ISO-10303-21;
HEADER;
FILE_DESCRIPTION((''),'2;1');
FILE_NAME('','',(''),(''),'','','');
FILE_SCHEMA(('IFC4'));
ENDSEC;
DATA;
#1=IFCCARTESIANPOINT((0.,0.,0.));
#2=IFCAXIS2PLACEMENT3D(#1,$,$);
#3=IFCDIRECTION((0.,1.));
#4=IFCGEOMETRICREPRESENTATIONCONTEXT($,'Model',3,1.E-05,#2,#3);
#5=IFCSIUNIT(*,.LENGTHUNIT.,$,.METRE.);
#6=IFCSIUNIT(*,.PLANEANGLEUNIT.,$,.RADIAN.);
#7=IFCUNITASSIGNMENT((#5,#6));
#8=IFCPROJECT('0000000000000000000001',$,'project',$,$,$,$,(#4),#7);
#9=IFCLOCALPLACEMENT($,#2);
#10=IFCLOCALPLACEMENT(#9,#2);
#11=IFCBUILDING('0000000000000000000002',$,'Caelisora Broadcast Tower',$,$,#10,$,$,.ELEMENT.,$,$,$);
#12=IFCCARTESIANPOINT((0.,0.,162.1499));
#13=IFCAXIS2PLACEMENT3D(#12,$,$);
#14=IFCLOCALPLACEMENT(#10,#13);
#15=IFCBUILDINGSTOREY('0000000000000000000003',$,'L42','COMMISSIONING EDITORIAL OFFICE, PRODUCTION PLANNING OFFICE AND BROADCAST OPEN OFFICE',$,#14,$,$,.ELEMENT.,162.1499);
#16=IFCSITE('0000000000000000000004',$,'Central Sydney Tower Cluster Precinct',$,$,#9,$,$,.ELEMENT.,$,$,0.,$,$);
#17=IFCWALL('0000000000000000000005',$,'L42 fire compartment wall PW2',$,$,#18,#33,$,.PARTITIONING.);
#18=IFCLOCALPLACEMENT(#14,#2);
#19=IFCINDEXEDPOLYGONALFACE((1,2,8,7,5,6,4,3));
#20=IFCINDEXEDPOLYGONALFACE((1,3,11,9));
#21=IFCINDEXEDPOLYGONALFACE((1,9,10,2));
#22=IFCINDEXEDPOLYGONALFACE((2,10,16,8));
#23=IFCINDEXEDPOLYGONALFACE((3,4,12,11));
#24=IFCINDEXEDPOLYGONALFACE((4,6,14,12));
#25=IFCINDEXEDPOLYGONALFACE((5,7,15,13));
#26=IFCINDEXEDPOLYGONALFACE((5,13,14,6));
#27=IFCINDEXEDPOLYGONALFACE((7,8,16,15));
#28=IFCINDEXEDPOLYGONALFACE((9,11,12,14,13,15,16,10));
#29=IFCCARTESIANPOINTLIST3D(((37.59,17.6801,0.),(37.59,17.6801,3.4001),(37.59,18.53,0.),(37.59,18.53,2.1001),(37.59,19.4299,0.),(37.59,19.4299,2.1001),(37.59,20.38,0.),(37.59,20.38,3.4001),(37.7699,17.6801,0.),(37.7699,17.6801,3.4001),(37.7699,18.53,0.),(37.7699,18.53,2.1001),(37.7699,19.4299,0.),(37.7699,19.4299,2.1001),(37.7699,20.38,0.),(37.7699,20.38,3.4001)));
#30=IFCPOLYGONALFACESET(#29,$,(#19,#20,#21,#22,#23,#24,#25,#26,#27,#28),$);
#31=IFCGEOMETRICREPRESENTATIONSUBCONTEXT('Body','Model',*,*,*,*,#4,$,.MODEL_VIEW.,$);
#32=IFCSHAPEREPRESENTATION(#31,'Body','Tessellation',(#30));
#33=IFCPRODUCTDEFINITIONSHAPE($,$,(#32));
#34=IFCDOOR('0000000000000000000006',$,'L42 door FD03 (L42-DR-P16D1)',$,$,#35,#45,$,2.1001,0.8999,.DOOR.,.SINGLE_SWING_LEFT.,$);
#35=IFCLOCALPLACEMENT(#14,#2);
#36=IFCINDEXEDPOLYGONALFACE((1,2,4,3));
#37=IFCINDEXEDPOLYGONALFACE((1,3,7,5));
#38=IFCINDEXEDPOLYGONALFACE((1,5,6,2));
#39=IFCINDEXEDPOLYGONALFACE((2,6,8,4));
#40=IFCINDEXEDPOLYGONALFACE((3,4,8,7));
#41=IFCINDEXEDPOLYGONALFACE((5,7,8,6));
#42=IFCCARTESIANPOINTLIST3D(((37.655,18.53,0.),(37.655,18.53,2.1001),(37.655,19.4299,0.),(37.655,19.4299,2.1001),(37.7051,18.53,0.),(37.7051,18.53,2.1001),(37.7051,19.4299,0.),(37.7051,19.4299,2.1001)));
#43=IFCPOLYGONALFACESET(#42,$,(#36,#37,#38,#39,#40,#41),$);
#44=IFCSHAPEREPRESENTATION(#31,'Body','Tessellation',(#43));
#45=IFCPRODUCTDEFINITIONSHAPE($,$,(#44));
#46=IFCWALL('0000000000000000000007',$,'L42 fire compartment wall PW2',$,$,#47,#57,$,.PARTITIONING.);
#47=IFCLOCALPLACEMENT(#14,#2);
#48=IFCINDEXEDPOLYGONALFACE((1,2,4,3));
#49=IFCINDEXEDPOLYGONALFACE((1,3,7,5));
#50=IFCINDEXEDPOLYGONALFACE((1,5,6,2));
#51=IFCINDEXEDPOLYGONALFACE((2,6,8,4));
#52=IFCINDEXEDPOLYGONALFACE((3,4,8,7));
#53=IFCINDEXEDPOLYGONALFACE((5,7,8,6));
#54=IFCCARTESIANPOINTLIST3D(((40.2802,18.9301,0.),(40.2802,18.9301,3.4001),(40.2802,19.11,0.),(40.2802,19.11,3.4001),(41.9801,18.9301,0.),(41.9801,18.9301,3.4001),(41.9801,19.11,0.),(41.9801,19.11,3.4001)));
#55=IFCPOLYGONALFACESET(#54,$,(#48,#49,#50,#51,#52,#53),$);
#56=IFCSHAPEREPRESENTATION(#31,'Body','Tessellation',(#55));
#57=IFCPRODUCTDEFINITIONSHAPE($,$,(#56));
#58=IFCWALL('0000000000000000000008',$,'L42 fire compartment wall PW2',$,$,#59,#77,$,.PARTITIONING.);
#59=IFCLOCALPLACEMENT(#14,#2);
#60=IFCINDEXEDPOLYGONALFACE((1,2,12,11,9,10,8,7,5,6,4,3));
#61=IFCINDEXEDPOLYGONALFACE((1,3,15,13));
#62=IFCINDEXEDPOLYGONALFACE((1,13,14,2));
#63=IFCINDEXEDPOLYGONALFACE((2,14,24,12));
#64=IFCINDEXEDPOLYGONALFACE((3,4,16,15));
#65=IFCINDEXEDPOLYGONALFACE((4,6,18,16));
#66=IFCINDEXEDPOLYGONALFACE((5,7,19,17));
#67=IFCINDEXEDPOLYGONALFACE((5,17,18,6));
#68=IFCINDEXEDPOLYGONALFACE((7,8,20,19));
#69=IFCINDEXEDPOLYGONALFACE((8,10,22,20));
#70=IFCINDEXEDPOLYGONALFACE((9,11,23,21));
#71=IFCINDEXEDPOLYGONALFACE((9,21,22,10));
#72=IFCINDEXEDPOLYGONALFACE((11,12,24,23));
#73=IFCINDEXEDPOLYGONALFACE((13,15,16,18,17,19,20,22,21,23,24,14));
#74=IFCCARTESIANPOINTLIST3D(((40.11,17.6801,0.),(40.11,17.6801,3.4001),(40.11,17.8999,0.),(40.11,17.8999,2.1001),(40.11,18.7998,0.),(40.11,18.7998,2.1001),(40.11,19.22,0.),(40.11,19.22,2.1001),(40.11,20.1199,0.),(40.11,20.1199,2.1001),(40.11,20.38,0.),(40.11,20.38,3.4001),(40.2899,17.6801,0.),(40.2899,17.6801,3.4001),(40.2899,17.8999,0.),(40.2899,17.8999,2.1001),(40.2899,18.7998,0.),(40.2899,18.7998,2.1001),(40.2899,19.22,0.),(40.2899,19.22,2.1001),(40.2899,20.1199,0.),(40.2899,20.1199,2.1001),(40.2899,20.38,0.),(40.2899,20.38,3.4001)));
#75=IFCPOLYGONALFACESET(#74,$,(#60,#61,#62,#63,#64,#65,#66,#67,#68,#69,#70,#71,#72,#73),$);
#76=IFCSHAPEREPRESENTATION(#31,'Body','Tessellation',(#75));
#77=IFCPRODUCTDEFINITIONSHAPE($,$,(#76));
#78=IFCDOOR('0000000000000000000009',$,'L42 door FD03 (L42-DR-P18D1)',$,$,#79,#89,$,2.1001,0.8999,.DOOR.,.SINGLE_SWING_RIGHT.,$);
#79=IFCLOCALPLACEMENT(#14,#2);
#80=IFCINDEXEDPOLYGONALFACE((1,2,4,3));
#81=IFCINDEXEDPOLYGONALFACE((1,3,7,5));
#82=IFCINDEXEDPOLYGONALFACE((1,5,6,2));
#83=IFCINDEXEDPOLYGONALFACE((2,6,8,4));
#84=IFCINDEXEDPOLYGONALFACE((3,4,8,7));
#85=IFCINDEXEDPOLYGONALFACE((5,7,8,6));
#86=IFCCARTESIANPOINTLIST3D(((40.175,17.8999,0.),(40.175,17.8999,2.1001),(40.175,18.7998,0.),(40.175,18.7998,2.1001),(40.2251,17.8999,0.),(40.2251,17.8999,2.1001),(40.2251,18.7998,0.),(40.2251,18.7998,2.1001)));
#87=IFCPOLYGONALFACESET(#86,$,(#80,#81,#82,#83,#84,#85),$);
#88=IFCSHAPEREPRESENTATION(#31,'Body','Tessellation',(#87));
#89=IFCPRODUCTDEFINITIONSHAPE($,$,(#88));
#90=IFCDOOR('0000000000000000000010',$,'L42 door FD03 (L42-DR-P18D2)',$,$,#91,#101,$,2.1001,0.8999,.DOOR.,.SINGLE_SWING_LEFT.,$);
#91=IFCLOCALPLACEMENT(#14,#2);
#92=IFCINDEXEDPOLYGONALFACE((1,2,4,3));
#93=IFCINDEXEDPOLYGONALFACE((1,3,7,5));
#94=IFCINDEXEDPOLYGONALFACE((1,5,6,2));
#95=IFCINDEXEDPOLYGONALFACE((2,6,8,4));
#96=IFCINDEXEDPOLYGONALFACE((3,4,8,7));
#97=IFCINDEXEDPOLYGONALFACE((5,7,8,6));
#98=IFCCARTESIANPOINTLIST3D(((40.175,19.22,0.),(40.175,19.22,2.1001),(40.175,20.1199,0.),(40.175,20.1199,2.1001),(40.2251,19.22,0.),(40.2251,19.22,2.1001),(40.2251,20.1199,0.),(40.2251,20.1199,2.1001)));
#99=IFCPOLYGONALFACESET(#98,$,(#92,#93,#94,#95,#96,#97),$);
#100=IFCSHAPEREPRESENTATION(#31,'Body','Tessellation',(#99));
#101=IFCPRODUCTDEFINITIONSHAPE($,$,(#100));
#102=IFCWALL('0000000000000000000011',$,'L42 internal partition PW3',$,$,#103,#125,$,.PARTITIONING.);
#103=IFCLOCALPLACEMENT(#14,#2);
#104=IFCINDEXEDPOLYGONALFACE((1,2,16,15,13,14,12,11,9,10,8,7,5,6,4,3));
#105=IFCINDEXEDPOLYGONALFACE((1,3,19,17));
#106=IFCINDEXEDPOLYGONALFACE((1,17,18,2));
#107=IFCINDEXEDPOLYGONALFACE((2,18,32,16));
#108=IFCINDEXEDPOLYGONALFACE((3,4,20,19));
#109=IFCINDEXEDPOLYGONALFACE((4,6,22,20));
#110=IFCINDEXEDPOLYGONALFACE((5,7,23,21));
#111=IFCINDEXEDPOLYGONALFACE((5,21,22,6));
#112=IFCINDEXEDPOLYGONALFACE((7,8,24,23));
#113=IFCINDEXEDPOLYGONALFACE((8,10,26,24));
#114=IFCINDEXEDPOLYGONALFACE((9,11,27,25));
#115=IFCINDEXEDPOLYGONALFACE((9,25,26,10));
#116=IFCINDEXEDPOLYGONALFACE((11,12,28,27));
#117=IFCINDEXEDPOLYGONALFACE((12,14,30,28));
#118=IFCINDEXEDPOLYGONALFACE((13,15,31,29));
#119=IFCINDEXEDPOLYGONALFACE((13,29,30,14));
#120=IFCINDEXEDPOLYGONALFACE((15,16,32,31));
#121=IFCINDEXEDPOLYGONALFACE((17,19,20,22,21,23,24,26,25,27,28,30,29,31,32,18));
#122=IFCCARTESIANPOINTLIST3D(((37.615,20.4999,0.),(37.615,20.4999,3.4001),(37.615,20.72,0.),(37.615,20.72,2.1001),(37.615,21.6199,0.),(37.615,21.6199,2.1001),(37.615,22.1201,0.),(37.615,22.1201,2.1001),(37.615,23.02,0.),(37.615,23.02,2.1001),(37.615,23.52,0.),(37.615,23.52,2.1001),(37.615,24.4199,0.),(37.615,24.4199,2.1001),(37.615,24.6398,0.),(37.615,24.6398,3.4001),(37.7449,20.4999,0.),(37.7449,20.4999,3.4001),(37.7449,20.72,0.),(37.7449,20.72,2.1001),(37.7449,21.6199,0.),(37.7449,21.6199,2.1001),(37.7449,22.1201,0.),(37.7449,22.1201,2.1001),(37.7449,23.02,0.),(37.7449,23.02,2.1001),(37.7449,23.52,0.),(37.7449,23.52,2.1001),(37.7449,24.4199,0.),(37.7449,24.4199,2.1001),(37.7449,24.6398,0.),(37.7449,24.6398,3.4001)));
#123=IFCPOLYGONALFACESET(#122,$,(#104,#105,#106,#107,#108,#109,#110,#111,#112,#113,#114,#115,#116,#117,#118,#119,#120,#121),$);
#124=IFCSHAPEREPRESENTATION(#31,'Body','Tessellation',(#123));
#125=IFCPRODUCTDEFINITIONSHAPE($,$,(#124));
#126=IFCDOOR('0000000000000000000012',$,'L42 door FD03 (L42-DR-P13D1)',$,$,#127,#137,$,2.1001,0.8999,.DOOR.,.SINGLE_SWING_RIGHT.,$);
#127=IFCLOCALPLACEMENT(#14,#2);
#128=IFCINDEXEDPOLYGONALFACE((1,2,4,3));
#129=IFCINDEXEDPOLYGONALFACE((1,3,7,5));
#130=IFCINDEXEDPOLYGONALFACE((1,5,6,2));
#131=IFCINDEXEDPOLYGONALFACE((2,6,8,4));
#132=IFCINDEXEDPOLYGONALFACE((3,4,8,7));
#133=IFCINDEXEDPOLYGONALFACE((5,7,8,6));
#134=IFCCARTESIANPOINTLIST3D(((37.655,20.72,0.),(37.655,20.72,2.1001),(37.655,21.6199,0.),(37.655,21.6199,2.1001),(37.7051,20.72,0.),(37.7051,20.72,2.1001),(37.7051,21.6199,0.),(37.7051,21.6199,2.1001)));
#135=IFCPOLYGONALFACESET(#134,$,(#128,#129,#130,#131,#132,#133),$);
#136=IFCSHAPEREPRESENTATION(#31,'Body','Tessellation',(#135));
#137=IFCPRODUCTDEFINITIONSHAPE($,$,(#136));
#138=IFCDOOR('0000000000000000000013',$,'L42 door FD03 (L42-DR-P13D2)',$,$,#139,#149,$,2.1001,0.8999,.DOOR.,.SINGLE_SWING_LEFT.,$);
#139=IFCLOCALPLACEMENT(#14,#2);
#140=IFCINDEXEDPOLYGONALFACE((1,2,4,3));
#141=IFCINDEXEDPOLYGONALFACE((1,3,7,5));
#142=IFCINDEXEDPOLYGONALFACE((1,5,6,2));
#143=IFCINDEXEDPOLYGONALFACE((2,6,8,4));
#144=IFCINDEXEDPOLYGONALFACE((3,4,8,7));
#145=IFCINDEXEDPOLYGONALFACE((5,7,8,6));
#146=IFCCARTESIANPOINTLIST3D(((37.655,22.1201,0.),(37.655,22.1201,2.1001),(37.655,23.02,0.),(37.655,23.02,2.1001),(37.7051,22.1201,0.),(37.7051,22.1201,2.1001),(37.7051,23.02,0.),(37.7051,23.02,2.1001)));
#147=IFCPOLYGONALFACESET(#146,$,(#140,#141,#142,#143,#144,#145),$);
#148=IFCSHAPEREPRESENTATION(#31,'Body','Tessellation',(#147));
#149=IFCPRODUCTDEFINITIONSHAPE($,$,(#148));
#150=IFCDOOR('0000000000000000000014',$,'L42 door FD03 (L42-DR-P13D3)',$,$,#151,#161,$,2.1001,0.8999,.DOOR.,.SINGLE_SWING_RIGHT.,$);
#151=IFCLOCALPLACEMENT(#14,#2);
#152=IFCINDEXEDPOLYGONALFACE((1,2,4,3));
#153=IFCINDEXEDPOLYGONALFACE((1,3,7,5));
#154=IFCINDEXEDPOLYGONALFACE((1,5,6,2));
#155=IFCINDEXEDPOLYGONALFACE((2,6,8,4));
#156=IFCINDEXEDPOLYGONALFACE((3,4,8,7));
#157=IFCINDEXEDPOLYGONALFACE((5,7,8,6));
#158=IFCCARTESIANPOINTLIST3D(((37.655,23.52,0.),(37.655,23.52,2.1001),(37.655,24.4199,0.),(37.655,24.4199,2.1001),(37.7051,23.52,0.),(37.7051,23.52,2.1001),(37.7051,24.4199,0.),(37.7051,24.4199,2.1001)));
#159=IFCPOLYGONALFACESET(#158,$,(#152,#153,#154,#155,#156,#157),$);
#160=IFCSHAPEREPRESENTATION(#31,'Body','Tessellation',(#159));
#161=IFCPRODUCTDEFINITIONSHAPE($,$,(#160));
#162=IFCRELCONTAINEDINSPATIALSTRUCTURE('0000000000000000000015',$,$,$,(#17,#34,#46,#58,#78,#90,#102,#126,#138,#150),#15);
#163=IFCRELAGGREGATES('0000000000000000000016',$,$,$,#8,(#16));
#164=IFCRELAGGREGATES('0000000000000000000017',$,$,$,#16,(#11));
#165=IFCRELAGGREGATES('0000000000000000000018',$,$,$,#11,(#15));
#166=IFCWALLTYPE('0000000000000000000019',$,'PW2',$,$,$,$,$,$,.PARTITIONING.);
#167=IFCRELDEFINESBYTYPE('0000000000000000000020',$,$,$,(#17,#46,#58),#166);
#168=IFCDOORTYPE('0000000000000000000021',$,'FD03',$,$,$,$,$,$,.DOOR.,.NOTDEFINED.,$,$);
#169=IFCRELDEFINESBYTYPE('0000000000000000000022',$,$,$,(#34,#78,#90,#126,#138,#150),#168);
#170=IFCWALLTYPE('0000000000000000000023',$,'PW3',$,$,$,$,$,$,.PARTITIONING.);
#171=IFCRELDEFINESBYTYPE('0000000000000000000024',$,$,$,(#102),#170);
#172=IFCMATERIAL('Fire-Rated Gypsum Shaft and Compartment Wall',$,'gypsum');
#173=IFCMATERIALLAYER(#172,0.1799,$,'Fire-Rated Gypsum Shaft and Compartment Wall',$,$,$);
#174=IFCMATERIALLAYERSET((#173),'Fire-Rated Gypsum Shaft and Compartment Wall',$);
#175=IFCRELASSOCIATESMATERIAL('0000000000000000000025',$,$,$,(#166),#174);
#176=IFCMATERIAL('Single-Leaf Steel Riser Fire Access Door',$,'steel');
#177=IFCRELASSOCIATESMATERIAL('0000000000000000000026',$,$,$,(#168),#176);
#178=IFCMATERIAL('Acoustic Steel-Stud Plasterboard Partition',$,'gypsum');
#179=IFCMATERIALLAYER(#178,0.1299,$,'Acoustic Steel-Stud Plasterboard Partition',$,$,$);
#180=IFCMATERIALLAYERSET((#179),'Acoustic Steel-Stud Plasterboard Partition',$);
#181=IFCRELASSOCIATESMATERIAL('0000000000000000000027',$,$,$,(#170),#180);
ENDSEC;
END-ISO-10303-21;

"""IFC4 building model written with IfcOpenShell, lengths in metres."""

from ifc_helpers import new_model, si_unit, direction, frame, frame_2d, origin, place, context, subcontext, project, spatial, rectangle, extrude, material, layer, layer_set, type_object, element, fill, save


model = new_model("IFC4")

# Units and contexts
model_context = context("Model", 3, precision=1e-05, world=origin(), true_north=direction((0.0, 1.0)))
body_context = subcontext(model_context, "Body", "Model", "MODEL_VIEW")
ifc_project = project(units=[si_unit("LENGTHUNIT", "METRE"), si_unit("PLANEANGLEUNIT", "RADIAN")], contexts=[model_context])

# Site, building, storey
site_placement = place(None, origin())
site = spatial("IfcSite", under=ifc_project, at=site_placement, Name="Central Sydney Tower Cluster Precinct", CompositionType="ELEMENT", RefElevation=0.0)
building_placement = place(site_placement, origin())
building = spatial("IfcBuilding", under=site, at=building_placement, Name="Caelisora Broadcast Tower", CompositionType="ELEMENT")
storey_placement = place(building_placement, frame((0.0, 0.0, 162.1499)))
storey = spatial("IfcBuildingStorey", under=building, at=storey_placement, Name="L42", Description="COMMISSIONING EDITORIAL OFFICE, PRODUCTION PLANNING OFFICE AND BROADCAST OPEN OFFICE", CompositionType="ELEMENT", Elevation=162.1499)

# Shared definitions
ifc_material_1 = material(Name="Fire-Rated Gypsum Shaft and Compartment Wall", Category="gypsum")
ifc_layer_1 = layer(ifc_material_1, 0.1799, Name="Fire-Rated Gypsum Shaft and Compartment Wall")
ifc_layer_set_1 = layer_set([ifc_layer_1], Name="Fire-Rated Gypsum Shaft and Compartment Wall")
wall_type_1 = type_object("IfcWallType", Name="PW2", PredefinedType="PARTITIONING", material=ifc_layer_set_1)

# Wall, opening, door
wall_1_placement = place(storey_placement, frame((37.6799, 17.6799, 0.0), z_axis=(0.0, 0.0, 1.0), x_axis=(0.0, 1.0, 0.0)))
wall_1 = element("IfcWall", 1, at=wall_1_placement, inside=storey, type_object=wall_type_1, Name="L42 fire compartment wall PW2", PredefinedType="PARTITIONING", context=body_context, shape_type="SweptSolid", body=[
    extrude(rectangle(XDim=2.7, YDim=0.1799, at=frame_2d((1.3501, 0.0))), origin(), (0.0, 0.0, 1.0), 3.4001),
])
opening_1_placement = place(wall_1_placement, frame((0.8501, 0.0, 0.0)))
opening_1 = element("IfcOpeningElement", 2, at=opening_1_placement, cuts=wall_1, PredefinedType="OPENING", context=body_context, shape_type="SweptSolid", body=[
    extrude(rectangle(XDim=0.8999, YDim=2.1001, at=frame_2d((0.45, 1.05))), frame((0.0, 0.1021, 0.0), z_axis=(0.0, -1.0, 0.0), x_axis=(1.0, 0.0, 0.0)), (0.0, 0.0, 1.0), 0.2039),
])
ifc_material_2 = material(Name="Single-Leaf Steel Riser Fire Access Door", Category="steel")
door_type_1 = type_object("IfcDoorType", Name="FD03", OperationType="NOTDEFINED", PredefinedType="DOOR", material=ifc_material_2)
door_1_placement = place(opening_1_placement, origin())
door_1 = element("IfcDoor", 3, at=door_1_placement, inside=storey, type_object=door_type_1, Name="L42 door FD03 (L42-DR-P16D1)", OperationType="SINGLE_SWING_LEFT", OverallHeight=2.1001, OverallWidth=0.8999, PredefinedType="DOOR", context=body_context, shape_type="SweptSolid", body=[
    extrude(rectangle(XDim=0.8999, YDim=2.1001, at=frame_2d((0.45, 1.05))), frame((0.0, 0.0249, 0.0), z_axis=(0.0, -1.0, 0.0), x_axis=(1.0, 0.0, 0.0)), (0.0, 0.0, 1.0), 0.05),
])
fill(opening_1, door_1)

# Wall
wall_2_placement = place(storey_placement, frame((40.28, 19.02, 0.0), z_axis=(0.0, 0.0, 1.0), x_axis=(1.0, 0.0, 0.0)))
element("IfcWall", 4, at=wall_2_placement, inside=storey, type_object=wall_type_1, Name="L42 fire compartment wall PW2", PredefinedType="PARTITIONING", context=body_context, shape_type="SweptSolid", body=[
    extrude(rectangle(XDim=1.7, YDim=0.1799, at=frame_2d((0.8501, 0.0))), origin(), (0.0, 0.0, 1.0), 3.4001),
])

# Walls, openings, doors
wall_3_placement = place(storey_placement, frame((40.2, 17.6799, 0.0), z_axis=(0.0, 0.0, 1.0), x_axis=(0.0, 1.0, 0.0)))
wall_3 = element("IfcWall", 5, at=wall_3_placement, inside=storey, type_object=wall_type_1, Name="L42 fire compartment wall PW2", PredefinedType="PARTITIONING", context=body_context, shape_type="SweptSolid", body=[
    extrude(rectangle(XDim=2.7, YDim=0.1799, at=frame_2d((1.3501, 0.0))), origin(), (0.0, 0.0, 1.0), 3.4001),
])
opening_2_placement = place(wall_3_placement, frame((0.22, 0.0, 0.0)))
opening_2 = element("IfcOpeningElement", 6, at=opening_2_placement, cuts=wall_3, PredefinedType="OPENING", context=body_context, shape_type="SweptSolid", body=[
    extrude(rectangle(XDim=0.8999, YDim=2.1001, at=frame_2d((0.45, 1.05))), frame((0.0, 0.1021, 0.0), z_axis=(0.0, -1.0, 0.0), x_axis=(1.0, 0.0, 0.0)), (0.0, 0.0, 1.0), 0.2039),
])
opening_3_placement = place(wall_3_placement, frame((1.54, 0.0, 0.0)))
opening_3 = element("IfcOpeningElement", 7, at=opening_3_placement, cuts=wall_3, PredefinedType="OPENING", context=body_context, shape_type="SweptSolid", body=[
    extrude(rectangle(XDim=0.8999, YDim=2.1001, at=frame_2d((0.45, 1.05))), frame((0.0, 0.1021, 0.0), z_axis=(0.0, -1.0, 0.0), x_axis=(1.0, 0.0, 0.0)), (0.0, 0.0, 1.0), 0.2039),
])
door_2_placement = place(opening_2_placement, origin())
door_2 = element("IfcDoor", 8, at=door_2_placement, inside=storey, type_object=door_type_1, Name="L42 door FD03 (L42-DR-P18D1)", OperationType="SINGLE_SWING_RIGHT", OverallHeight=2.1001, OverallWidth=0.8999, PredefinedType="DOOR", context=body_context, shape_type="SweptSolid", body=[
    extrude(rectangle(XDim=0.8999, YDim=2.1001, at=frame_2d((0.45, 1.05))), frame((0.0, 0.0249, 0.0), z_axis=(0.0, -1.0, 0.0), x_axis=(1.0, 0.0, 0.0)), (0.0, 0.0, 1.0), 0.05),
])
fill(opening_2, door_2)
door_3_placement = place(opening_3_placement, origin())
door_3 = element("IfcDoor", 9, at=door_3_placement, inside=storey, type_object=door_type_1, Name="L42 door FD03 (L42-DR-P18D2)", OperationType="SINGLE_SWING_LEFT", OverallHeight=2.1001, OverallWidth=0.8999, PredefinedType="DOOR", context=body_context, shape_type="SweptSolid", body=[
    extrude(rectangle(XDim=0.8999, YDim=2.1001, at=frame_2d((0.45, 1.05))), frame((0.0, 0.0249, 0.0), z_axis=(0.0, -1.0, 0.0), x_axis=(1.0, 0.0, 0.0)), (0.0, 0.0, 1.0), 0.05),
])
fill(opening_3, door_3)
ifc_material_3 = material(Name="Acoustic Steel-Stud Plasterboard Partition", Category="gypsum")
ifc_layer_2 = layer(ifc_material_3, 0.1299, Name="Acoustic Steel-Stud Plasterboard Partition")
ifc_layer_set_2 = layer_set([ifc_layer_2], Name="Acoustic Steel-Stud Plasterboard Partition")
wall_type_2 = type_object("IfcWallType", Name="PW3", PredefinedType="PARTITIONING", material=ifc_layer_set_2)
wall_4_placement = place(storey_placement, frame((37.6799, 20.5, 0.0), z_axis=(0.0, 0.0, 1.0), x_axis=(0.0, 1.0, 0.0)))
wall_4 = element("IfcWall", 10, at=wall_4_placement, inside=storey, type_object=wall_type_2, Name="L42 internal partition PW3", PredefinedType="PARTITIONING", context=body_context, shape_type="SweptSolid", body=[
    extrude(rectangle(XDim=4.1399, YDim=0.1299, at=frame_2d((2.0698, 0.0))), origin(), (0.0, 0.0, 1.0), 3.4001),
])
opening_4_placement = place(wall_4_placement, frame((0.22, 0.0, 0.0)))
opening_4 = element("IfcOpeningElement", 11, at=opening_4_placement, cuts=wall_4, PredefinedType="OPENING", context=body_context, shape_type="SweptSolid", body=[
    extrude(rectangle(XDim=0.8999, YDim=2.1001, at=frame_2d((0.45, 1.05))), frame((0.0, 0.0769, 0.0), z_axis=(0.0, -1.0, 0.0), x_axis=(1.0, 0.0, 0.0)), (0.0, 0.0, 1.0), 0.1538),
])
opening_5_placement = place(wall_4_placement, frame((1.6201, 0.0, 0.0)))
opening_5 = element("IfcOpeningElement", 12, at=opening_5_placement, cuts=wall_4, PredefinedType="OPENING", context=body_context, shape_type="SweptSolid", body=[
    extrude(rectangle(XDim=0.8999, YDim=2.1001, at=frame_2d((0.45, 1.05))), frame((0.0, 0.0769, 0.0), z_axis=(0.0, -1.0, 0.0), x_axis=(1.0, 0.0, 0.0)), (0.0, 0.0, 1.0), 0.1538),
])
opening_6_placement = place(wall_4_placement, frame((3.02, 0.0, 0.0)))
opening_6 = element("IfcOpeningElement", 13, at=opening_6_placement, cuts=wall_4, PredefinedType="OPENING", context=body_context, shape_type="SweptSolid", body=[
    extrude(rectangle(XDim=0.8999, YDim=2.1001, at=frame_2d((0.45, 1.05))), frame((0.0, 0.0769, 0.0), z_axis=(0.0, -1.0, 0.0), x_axis=(1.0, 0.0, 0.0)), (0.0, 0.0, 1.0), 0.1538),
])
door_4_placement = place(opening_4_placement, origin())
door_4 = element("IfcDoor", 14, at=door_4_placement, inside=storey, type_object=door_type_1, Name="L42 door FD03 (L42-DR-P13D1)", OperationType="SINGLE_SWING_RIGHT", OverallHeight=2.1001, OverallWidth=0.8999, PredefinedType="DOOR", context=body_context, shape_type="SweptSolid", body=[
    extrude(rectangle(XDim=0.8999, YDim=2.1001, at=frame_2d((0.45, 1.05))), frame((0.0, 0.0249, 0.0), z_axis=(0.0, -1.0, 0.0), x_axis=(1.0, 0.0, 0.0)), (0.0, 0.0, 1.0), 0.05),
])
fill(opening_4, door_4)
door_5_placement = place(opening_5_placement, origin())
door_5 = element("IfcDoor", 15, at=door_5_placement, inside=storey, type_object=door_type_1, Name="L42 door FD03 (L42-DR-P13D2)", OperationType="SINGLE_SWING_LEFT", OverallHeight=2.1001, OverallWidth=0.8999, PredefinedType="DOOR", context=body_context, shape_type="SweptSolid", body=[
    extrude(rectangle(XDim=0.8999, YDim=2.1001, at=frame_2d((0.45, 1.05))), frame((0.0, 0.0249, 0.0), z_axis=(0.0, -1.0, 0.0), x_axis=(1.0, 0.0, 0.0)), (0.0, 0.0, 1.0), 0.05),
])
fill(opening_5, door_5)
door_6_placement = place(opening_6_placement, origin())
door_6 = element("IfcDoor", 16, at=door_6_placement, inside=storey, type_object=door_type_1, Name="L42 door FD03 (L42-DR-P13D3)", OperationType="SINGLE_SWING_RIGHT", OverallHeight=2.1001, OverallWidth=0.8999, PredefinedType="DOOR", context=body_context, shape_type="SweptSolid", body=[
    extrude(rectangle(XDim=0.8999, YDim=2.1001, at=frame_2d((0.45, 1.05))), frame((0.0, 0.0249, 0.0), z_axis=(0.0, -1.0, 0.0), x_axis=(1.0, 0.0, 0.0)), (0.0, 0.0, 1.0), 0.05),
])
fill(opening_6, door_6)

save(model, "model.ifc")
